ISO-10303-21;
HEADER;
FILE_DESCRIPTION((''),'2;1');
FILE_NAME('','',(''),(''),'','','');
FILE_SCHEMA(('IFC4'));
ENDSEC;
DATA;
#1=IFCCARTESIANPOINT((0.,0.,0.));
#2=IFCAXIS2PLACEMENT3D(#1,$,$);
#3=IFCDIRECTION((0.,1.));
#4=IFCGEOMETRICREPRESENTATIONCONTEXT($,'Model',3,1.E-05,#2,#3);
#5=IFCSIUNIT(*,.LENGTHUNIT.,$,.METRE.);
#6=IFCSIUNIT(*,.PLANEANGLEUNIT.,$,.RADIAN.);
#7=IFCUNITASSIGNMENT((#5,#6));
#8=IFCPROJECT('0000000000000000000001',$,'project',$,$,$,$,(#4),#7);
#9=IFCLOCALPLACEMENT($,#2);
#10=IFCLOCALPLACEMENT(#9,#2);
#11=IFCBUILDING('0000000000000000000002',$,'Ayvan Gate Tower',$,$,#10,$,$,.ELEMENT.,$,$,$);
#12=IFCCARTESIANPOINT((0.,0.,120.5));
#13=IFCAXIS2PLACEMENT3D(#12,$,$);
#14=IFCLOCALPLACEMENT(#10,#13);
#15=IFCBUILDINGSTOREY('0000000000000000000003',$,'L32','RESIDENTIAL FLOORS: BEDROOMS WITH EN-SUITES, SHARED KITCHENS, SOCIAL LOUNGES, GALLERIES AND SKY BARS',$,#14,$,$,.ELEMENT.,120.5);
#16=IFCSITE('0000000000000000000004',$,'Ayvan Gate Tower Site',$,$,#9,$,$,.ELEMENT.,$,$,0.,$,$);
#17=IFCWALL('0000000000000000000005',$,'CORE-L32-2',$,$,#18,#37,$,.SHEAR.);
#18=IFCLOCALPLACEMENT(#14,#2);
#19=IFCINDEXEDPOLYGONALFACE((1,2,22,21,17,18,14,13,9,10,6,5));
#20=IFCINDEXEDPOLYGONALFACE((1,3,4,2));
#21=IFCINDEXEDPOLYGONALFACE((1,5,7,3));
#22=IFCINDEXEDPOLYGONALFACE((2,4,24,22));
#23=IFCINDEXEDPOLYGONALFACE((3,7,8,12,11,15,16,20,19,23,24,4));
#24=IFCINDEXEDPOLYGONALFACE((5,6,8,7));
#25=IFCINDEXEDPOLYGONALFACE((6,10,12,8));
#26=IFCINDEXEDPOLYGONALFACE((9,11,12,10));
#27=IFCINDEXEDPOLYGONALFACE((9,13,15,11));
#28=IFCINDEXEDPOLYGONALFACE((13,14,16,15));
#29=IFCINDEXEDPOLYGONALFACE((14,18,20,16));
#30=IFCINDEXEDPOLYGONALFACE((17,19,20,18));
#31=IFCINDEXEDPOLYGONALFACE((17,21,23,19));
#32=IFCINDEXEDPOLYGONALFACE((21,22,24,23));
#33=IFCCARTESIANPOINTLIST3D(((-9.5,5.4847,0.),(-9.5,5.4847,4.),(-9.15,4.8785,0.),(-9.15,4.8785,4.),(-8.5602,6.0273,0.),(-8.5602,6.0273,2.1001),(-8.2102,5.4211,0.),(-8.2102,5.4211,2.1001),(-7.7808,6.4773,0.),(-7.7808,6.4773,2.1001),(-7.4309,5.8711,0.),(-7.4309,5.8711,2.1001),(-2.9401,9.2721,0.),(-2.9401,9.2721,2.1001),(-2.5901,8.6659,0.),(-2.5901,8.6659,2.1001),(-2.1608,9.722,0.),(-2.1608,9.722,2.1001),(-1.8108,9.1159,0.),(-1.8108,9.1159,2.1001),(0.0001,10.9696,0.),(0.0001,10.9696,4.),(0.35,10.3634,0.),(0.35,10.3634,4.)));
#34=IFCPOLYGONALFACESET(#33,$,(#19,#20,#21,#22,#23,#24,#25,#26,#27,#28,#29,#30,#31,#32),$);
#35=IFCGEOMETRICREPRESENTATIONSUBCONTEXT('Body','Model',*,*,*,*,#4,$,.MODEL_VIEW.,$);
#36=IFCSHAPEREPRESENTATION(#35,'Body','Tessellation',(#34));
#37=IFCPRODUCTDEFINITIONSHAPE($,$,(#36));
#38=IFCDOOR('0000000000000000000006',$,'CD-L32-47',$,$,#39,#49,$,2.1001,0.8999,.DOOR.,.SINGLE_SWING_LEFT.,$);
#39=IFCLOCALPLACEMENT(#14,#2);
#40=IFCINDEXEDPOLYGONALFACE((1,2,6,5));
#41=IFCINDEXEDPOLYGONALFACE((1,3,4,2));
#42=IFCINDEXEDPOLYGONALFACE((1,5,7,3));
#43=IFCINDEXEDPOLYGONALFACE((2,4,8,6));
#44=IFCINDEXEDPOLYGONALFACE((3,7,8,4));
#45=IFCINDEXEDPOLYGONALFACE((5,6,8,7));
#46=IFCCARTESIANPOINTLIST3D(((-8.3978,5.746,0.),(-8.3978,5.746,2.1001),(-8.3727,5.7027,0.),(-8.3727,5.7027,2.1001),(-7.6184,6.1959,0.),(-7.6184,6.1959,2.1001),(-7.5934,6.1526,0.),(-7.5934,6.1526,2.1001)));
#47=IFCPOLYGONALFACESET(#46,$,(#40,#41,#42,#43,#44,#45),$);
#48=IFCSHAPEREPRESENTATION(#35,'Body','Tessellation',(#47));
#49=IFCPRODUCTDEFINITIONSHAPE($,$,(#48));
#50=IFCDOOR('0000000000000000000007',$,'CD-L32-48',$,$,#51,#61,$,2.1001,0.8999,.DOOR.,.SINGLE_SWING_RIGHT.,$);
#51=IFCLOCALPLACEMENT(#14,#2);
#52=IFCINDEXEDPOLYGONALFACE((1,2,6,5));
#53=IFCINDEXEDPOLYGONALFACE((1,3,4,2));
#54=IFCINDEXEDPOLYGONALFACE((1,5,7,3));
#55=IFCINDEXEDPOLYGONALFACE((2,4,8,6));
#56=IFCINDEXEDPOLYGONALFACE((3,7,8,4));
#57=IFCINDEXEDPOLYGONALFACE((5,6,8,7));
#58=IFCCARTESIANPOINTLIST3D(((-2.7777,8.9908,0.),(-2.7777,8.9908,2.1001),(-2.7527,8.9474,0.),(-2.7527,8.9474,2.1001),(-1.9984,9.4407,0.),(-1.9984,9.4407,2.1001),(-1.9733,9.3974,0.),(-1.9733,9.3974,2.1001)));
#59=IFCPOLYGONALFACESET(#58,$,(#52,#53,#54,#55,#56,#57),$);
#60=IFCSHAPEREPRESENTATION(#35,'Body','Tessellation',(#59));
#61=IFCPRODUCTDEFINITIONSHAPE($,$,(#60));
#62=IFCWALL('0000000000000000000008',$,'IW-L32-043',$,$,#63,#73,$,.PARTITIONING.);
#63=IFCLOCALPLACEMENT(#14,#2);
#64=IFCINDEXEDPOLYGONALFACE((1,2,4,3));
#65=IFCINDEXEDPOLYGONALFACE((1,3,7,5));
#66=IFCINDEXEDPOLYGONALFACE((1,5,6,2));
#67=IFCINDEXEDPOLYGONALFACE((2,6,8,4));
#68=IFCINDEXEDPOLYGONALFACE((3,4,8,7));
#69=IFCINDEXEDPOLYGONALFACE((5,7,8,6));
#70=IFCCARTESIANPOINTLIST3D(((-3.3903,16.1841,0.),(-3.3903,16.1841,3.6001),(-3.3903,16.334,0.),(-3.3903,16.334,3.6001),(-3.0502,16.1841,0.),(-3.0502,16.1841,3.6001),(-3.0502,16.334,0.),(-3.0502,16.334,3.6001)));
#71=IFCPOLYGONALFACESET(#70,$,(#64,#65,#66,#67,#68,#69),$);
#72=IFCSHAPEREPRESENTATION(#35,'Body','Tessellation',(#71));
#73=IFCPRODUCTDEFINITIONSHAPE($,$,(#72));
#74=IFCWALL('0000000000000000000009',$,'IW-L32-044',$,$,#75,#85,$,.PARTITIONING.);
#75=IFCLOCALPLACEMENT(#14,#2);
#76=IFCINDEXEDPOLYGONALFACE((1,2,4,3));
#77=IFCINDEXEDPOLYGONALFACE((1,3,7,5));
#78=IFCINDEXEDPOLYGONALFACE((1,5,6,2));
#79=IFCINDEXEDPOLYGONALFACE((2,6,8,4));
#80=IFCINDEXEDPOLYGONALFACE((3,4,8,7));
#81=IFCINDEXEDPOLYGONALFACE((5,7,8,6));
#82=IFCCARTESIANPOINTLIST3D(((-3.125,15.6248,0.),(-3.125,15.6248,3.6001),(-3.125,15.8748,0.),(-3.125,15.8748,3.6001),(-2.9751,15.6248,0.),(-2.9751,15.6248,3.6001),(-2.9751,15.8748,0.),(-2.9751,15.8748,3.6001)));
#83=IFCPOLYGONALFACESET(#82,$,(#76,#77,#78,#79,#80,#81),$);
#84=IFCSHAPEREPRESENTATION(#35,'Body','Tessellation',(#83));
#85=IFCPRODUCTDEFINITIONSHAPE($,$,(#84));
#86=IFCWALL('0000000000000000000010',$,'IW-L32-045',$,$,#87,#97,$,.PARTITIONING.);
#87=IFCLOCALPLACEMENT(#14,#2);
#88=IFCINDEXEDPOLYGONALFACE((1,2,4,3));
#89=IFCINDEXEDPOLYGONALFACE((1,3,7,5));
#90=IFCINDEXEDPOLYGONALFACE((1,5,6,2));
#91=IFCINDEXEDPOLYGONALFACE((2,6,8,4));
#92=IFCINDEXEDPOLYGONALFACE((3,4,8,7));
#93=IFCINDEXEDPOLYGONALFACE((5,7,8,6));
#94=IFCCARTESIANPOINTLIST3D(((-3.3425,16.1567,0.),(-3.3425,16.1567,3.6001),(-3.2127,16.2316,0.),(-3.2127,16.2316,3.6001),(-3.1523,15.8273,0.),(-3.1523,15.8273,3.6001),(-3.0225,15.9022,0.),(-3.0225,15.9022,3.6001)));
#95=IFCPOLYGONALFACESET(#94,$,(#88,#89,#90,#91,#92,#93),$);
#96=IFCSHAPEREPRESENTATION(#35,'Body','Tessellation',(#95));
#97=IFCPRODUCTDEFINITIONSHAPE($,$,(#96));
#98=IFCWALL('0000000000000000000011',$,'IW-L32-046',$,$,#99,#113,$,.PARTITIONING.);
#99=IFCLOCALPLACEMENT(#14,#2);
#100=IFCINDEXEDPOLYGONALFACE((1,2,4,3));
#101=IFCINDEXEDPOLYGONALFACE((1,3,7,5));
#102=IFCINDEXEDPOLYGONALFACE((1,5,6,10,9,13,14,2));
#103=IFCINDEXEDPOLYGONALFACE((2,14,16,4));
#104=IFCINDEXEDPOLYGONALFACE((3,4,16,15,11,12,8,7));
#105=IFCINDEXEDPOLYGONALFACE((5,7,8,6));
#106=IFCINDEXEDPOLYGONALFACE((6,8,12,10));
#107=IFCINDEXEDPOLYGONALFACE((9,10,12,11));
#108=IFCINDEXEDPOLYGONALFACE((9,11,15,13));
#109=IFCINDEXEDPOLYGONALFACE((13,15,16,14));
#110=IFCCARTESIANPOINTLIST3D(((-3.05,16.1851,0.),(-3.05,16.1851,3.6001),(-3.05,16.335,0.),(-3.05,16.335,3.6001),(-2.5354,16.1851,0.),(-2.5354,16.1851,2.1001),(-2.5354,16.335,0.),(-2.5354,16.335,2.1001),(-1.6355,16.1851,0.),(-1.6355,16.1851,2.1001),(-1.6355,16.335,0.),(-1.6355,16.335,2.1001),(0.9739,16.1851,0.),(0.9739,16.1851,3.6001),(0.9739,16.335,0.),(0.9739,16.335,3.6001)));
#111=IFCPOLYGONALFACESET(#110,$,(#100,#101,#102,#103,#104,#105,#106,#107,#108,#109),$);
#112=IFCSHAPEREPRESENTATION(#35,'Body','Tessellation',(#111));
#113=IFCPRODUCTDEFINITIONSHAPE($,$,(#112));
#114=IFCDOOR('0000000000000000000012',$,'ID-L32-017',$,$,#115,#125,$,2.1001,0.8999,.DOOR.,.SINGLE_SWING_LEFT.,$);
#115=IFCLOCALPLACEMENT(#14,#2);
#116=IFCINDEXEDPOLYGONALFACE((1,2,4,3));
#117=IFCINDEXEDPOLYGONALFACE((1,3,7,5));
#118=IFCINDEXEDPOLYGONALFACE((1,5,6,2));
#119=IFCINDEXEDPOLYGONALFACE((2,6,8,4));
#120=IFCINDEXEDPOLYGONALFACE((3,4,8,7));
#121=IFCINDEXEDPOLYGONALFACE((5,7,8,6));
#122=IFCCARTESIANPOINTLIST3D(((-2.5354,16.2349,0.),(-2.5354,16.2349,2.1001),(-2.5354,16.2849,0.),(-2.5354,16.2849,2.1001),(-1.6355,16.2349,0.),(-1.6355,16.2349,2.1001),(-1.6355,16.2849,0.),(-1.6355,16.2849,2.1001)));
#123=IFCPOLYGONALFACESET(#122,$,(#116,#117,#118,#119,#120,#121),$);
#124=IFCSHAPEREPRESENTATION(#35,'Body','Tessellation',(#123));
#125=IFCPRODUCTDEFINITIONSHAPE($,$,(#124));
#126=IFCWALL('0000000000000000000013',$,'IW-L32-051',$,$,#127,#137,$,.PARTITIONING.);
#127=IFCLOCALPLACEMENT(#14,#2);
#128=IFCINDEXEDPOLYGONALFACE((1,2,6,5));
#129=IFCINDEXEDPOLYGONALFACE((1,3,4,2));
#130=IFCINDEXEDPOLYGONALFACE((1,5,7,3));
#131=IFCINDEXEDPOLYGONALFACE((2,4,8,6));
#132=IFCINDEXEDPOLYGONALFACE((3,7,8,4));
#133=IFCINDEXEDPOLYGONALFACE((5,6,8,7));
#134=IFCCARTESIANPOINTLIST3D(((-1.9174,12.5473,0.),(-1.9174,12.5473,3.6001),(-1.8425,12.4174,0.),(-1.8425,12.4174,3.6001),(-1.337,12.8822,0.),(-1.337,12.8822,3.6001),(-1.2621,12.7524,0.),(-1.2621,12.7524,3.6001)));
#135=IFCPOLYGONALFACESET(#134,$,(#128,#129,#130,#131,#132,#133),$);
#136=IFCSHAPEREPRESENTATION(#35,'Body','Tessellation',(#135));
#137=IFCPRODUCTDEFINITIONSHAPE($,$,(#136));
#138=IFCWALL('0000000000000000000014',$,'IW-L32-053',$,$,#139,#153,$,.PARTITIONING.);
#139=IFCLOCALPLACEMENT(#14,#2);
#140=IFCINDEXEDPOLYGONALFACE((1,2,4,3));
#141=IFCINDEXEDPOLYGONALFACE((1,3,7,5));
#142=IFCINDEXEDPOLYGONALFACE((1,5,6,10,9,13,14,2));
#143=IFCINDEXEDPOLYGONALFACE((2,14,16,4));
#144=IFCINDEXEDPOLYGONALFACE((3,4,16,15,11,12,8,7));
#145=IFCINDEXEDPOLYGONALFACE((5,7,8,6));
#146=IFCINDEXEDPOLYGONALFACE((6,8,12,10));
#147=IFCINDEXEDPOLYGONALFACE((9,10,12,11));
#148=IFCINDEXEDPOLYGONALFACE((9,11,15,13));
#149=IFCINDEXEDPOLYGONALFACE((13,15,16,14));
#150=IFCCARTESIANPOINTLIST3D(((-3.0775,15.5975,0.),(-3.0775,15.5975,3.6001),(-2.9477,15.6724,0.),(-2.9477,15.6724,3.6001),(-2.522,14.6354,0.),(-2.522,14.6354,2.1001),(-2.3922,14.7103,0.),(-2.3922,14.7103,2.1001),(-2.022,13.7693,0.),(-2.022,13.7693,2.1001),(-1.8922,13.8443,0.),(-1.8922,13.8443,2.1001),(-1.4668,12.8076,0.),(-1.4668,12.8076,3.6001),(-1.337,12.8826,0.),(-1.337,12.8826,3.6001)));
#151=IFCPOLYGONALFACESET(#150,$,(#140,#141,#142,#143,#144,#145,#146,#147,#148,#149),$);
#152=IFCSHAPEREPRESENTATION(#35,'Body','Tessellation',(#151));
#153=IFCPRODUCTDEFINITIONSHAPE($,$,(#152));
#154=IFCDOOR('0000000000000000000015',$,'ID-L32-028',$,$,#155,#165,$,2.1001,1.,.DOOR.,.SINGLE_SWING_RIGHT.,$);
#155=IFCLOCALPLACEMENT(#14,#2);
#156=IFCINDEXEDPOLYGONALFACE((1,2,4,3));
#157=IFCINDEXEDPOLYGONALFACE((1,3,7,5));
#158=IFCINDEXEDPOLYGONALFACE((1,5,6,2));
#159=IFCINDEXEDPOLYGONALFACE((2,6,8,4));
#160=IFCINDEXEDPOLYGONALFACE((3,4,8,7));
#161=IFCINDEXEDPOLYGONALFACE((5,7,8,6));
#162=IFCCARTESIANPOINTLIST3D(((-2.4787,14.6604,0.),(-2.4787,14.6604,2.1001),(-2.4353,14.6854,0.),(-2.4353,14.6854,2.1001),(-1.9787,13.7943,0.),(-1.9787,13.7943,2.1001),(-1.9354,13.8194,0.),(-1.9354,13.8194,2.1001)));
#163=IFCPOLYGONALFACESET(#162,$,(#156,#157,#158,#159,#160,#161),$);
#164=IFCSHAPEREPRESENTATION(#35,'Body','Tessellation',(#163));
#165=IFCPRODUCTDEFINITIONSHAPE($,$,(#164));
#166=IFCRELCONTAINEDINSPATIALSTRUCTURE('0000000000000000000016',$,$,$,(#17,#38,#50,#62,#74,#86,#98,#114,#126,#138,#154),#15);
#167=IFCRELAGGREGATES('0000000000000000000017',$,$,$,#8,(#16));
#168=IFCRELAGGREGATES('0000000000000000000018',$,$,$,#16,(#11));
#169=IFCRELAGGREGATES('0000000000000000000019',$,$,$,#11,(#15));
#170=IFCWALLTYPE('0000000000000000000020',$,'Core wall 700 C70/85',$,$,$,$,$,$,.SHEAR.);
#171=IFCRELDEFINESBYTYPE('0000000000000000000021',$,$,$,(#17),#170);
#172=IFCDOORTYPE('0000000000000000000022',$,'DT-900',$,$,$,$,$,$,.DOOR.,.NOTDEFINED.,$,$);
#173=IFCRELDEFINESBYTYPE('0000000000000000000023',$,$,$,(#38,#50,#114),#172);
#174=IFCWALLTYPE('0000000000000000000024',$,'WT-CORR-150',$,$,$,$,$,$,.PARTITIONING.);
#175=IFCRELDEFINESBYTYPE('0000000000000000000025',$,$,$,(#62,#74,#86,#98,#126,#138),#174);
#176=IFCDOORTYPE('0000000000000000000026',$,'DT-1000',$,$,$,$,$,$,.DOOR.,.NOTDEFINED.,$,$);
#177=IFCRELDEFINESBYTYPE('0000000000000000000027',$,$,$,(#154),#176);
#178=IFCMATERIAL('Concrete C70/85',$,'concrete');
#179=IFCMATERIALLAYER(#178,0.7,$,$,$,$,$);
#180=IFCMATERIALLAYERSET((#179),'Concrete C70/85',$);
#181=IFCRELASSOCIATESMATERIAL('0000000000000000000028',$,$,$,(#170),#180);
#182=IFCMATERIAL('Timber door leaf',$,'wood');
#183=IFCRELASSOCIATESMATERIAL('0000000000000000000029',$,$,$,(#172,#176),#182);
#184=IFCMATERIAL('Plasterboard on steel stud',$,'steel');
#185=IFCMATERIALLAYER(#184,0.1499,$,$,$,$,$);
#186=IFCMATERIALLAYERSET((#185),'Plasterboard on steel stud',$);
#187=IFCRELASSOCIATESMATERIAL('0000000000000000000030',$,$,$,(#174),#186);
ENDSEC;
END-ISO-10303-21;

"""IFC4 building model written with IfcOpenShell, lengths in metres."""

from ifc_helpers import new_model, si_unit, direction, frame, frame_2d, origin, place, context, subcontext, project, spatial, rectangle, extrude, material, layer, layer_set, type_object, element, fill, save


model = new_model("IFC4")

# Units and contexts
model_context = context("Model", 3, precision=1e-05, world=origin(), true_north=direction((0.0, 1.0)))
body_context = subcontext(model_context, "Body", "Model", "MODEL_VIEW")
ifc_project = project(units=[si_unit("LENGTHUNIT", "METRE"), si_unit("PLANEANGLEUNIT", "RADIAN")], contexts=[model_context])

# Site, building, storey
site_placement = place(None, origin())
site = spatial("IfcSite", under=ifc_project, at=site_placement, Name="Ayvan Gate Tower Site", CompositionType="ELEMENT", RefElevation=0.0)
building_placement = place(site_placement, origin())
building = spatial("IfcBuilding", under=site, at=building_placement, Name="Ayvan Gate Tower", CompositionType="ELEMENT")
storey_placement = place(building_placement, frame((0.0, 0.0, 120.5)))
storey = spatial("IfcBuildingStorey", under=building, at=storey_placement, Name="L32", Description="RESIDENTIAL FLOORS: BEDROOMS WITH EN-SUITES, SHARED KITCHENS, SOCIAL LOUNGES, GALLERIES AND SKY BARS", CompositionType="ELEMENT", Elevation=120.5)

# Wall, openings, doors
ifc_material_1 = material(Name="Concrete C70/85", Category="concrete")
ifc_layer_1 = layer(ifc_material_1, 0.7)
ifc_layer_set_1 = layer_set([ifc_layer_1], Name="Concrete C70/85")
wall_type_1 = type_object("IfcWallType", Name="Core wall 700 C70/85", PredefinedType="SHEAR", material=ifc_layer_set_1)
wall_1_placement = place(storey_placement, frame((0.175, 10.6665, 0.0), z_axis=(0.0, 0.0, 1.0), x_axis=(-0.866024, -0.500002, 0.0)))
wall_1 = element("IfcWall", 1, at=wall_1_placement, inside=storey, type_object=wall_type_1, Name="CORE-L32-2", PredefinedType="SHEAR", context=body_context, shape_type="SweptSolid", body=[
    extrude(rectangle(XDim=10.9697, YDim=0.7, at=frame_2d((5.4849, 0.0))), origin(), (0.0, 0.0, 1.0), 4.0),
])
opening_1_placement = place(wall_1_placement, frame((8.9846, 0.0, 0.0)))
opening_1 = element("IfcOpeningElement", 2, at=opening_1_placement, cuts=wall_1, PredefinedType="OPENING", context=body_context, shape_type="SweptSolid", body=[
    extrude(rectangle(XDim=0.8999, YDim=2.1001, at=frame_2d((0.45, 1.05))), frame((0.0, 0.3599, 0.0), z_axis=(0.0, -1.0, 0.0), x_axis=(1.0, 0.0, 0.0)), (0.0, 0.0, 1.0), 0.72),
])
opening_2_placement = place(wall_1_placement, frame((2.4951, 0.0, 0.0)))
opening_2 = element("IfcOpeningElement", 3, at=opening_2_placement, cuts=wall_1, PredefinedType="OPENING", context=body_context, shape_type="SweptSolid", body=[
    extrude(rectangle(XDim=0.8999, YDim=2.1001, at=frame_2d((0.45, 1.05))), frame((0.0, 0.3599, 0.0), z_axis=(0.0, -1.0, 0.0), x_axis=(1.0, 0.0, 0.0)), (0.0, 0.0, 1.0), 0.72),
])
ifc_material_2 = material(Name="Timber door leaf", Category="wood")
door_type_1 = type_object("IfcDoorType", Name="DT-900", OperationType="NOTDEFINED", PredefinedType="DOOR", material=ifc_material_2)
door_1_placement = place(opening_1_placement, origin())
door_1 = element("IfcDoor", 4, at=door_1_placement, inside=storey, type_object=door_type_1, Name="CD-L32-47", OperationType="SINGLE_SWING_LEFT", OverallHeight=2.1001, OverallWidth=0.8999, PredefinedType="DOOR", context=body_context, shape_type="SweptSolid", body=[
    extrude(rectangle(XDim=0.8999, YDim=2.1001, at=frame_2d((0.45, 1.05))), frame((0.0, 0.0249, 0.0), z_axis=(0.0, -1.0, 0.0), x_axis=(1.0, 0.0, 0.0)), (0.0, 0.0, 1.0), 0.05),
])
fill(opening_1, door_1)
door_2_placement = place(opening_2_placement, origin())
door_2 = element("IfcDoor", 5, at=door_2_placement, inside=storey, type_object=door_type_1, Name="CD-L32-48", OperationType="SINGLE_SWING_RIGHT", OverallHeight=2.1001, OverallWidth=0.8999, PredefinedType="DOOR", context=body_context, shape_type="SweptSolid", body=[
    extrude(rectangle(XDim=0.8999, YDim=2.1001, at=frame_2d((0.45, 1.05))), frame((0.0, 0.0249, 0.0), z_axis=(0.0, -1.0, 0.0), x_axis=(1.0, 0.0, 0.0)), (0.0, 0.0, 1.0), 0.05),
])
fill(opening_2, door_2)

# Walls
ifc_material_3 = material(Name="Plasterboard on steel stud", Category="steel")
ifc_layer_2 = layer(ifc_material_3, 0.1499)
ifc_layer_set_2 = layer_set([ifc_layer_2], Name="Plasterboard on steel stud")
wall_type_2 = type_object("IfcWallType", Name="WT-CORR-150", PredefinedType="PARTITIONING", material=ifc_layer_set_2)
wall_2_placement = place(storey_placement, frame((-3.3901, 16.259, 0.0), z_axis=(0.0, 0.0, 1.0), x_axis=(1.0, 0.0, 0.0)))
element("IfcWall", 6, at=wall_2_placement, inside=storey, type_object=wall_type_2, Name="IW-L32-043", PredefinedType="PARTITIONING", context=body_context, shape_type="SweptSolid", body=[
    extrude(rectangle(XDim=0.3401, YDim=0.1499, at=frame_2d((0.1699, 0.0))), origin(), (0.0, 0.0, 1.0), 3.6001),
])
wall_3_placement = place(storey_placement, frame((-3.05, 15.6248, 0.0), z_axis=(0.0, 0.0, 1.0), x_axis=(0.0, 1.0, 0.0)))
element("IfcWall", 7, at=wall_3_placement, inside=storey, type_object=wall_type_2, Name="IW-L32-044", PredefinedType="PARTITIONING", context=body_context, shape_type="SweptSolid", body=[
    extrude(rectangle(XDim=0.25, YDim=0.1499, at=frame_2d((0.125, 0.0))), origin(), (0.0, 0.0, 1.0), 3.6001),
])
wall_4_placement = place(storey_placement, frame((-3.0874, 15.8647, 0.0), z_axis=(0.0, 0.0, 1.0), x_axis=(-0.500074, 0.865982, 0.0)))
element("IfcWall", 8, at=wall_4_placement, inside=storey, type_object=wall_type_2, Name="IW-L32-045", PredefinedType="PARTITIONING", context=body_context, shape_type="SweptSolid", body=[
    extrude(rectangle(XDim=0.3804, YDim=0.1499, at=frame_2d((0.1902, 0.0))), origin(), (0.0, 0.0, 1.0), 3.6001),
])

# Wall, opening, door
wall_5_placement = place(storey_placement, frame((-3.05, 16.26, 0.0), z_axis=(0.0, 0.0, 1.0), x_axis=(1.0, 0.0, 0.0)))
wall_5 = element("IfcWall", 9, at=wall_5_placement, inside=storey, type_object=wall_type_2, Name="IW-L32-046", PredefinedType="PARTITIONING", context=body_context, shape_type="SweptSolid", body=[
    extrude(rectangle(XDim=4.0239, YDim=0.1499, at=frame_2d((2.012, 0.0))), origin(), (0.0, 0.0, 1.0), 3.6001),
])
opening_3_placement = place(wall_5_placement, frame((0.5146, 0.0, 0.0)))
opening_3 = element("IfcOpeningElement", 10, at=opening_3_placement, cuts=wall_5, PredefinedType="OPENING", context=body_context, shape_type="SweptSolid", body=[
    extrude(rectangle(XDim=0.8999, YDim=2.1001, at=frame_2d((0.45, 1.05))), frame((0.0, 0.085, 0.0), z_axis=(0.0, -1.0, 0.0), x_axis=(1.0, 0.0, 0.0)), (0.0, 0.0, 1.0), 0.1699),
])
door_3_placement = place(opening_3_placement, origin())
door_3 = element("IfcDoor", 11, at=door_3_placement, inside=storey, type_object=door_type_1, Name="ID-L32-017", OperationType="SINGLE_SWING_LEFT", OverallHeight=2.1001, OverallWidth=0.8999, PredefinedType="DOOR", context=body_context, shape_type="SweptSolid", body=[
    extrude(rectangle(XDim=0.8999, YDim=2.1001, at=frame_2d((0.45, 1.05))), frame((0.0, 0.0249, 0.0), z_axis=(0.0, -1.0, 0.0), x_axis=(1.0, 0.0, 0.0)), (0.0, 0.0, 1.0), 0.05),
])
fill(opening_3, door_3)

# Wall
wall_6_placement = place(storey_placement, frame((-1.8799, 12.4824, 0.0), z_axis=(0.0, 0.0, 1.0), x_axis=(0.866173, 0.499743, 0.0)))
element("IfcWall", 12, at=wall_6_placement, inside=storey, type_object=wall_type_2, Name="IW-L32-051", PredefinedType="PARTITIONING", context=body_context, shape_type="SweptSolid", body=[
    extrude(rectangle(XDim=0.6702, YDim=0.1499, at=frame_2d((0.335, 0.0))), origin(), (0.0, 0.0, 1.0), 3.6001),
])

# Wall, opening, door
wall_7_placement = place(storey_placement, frame((-1.4019, 12.845, 0.0), z_axis=(0.0, 0.0, 1.0), x_axis=(-0.499978, 0.866038, 0.0)))
wall_7 = element("IfcWall", 13, at=wall_7_placement, inside=storey, type_object=wall_type_2, Name="IW-L32-053", PredefinedType="PARTITIONING", context=body_context, shape_type="SweptSolid", body=[
    extrude(rectangle(XDim=3.2214, YDim=0.1499, at=frame_2d((1.6108, 0.0))), origin(), (0.0, 0.0, 1.0), 3.6001),
])
opening_4_placement = place(wall_7_placement, frame((1.1106, 0.0, 0.0)))
opening_4 = element("IfcOpeningElement", 14, at=opening_4_placement, cuts=wall_7, PredefinedType="OPENING", context=body_context, shape_type="SweptSolid", body=[
    extrude(rectangle(XDim=1.0, YDim=2.1001, at=frame_2d((0.5, 1.05))), frame((0.0, 0.085, 0.0), z_axis=(0.0, -1.0, 0.0), x_axis=(1.0, 0.0, 0.0)), (0.0, 0.0, 1.0), 0.1699),
])
door_type_2 = type_object("IfcDoorType", Name="DT-1000", OperationType="NOTDEFINED", PredefinedType="DOOR", material=ifc_material_2)
door_4_placement = place(opening_4_placement, origin())
door_4 = element("IfcDoor", 15, at=door_4_placement, inside=storey, type_object=door_type_2, Name="ID-L32-028", OperationType="SINGLE_SWING_RIGHT", OverallHeight=2.1001, OverallWidth=1.0, PredefinedType="DOOR", context=body_context, shape_type="SweptSolid", body=[
    extrude(rectangle(XDim=1.0, YDim=2.1001, at=frame_2d((0.5, 1.05))), frame((0.0, 0.0249, 0.0), z_axis=(0.0, -1.0, 0.0), x_axis=(1.0, 0.0, 0.0)), (0.0, 0.0, 1.0), 0.05),
])
fill(opening_4, door_4)

save(model, "model.ifc")
